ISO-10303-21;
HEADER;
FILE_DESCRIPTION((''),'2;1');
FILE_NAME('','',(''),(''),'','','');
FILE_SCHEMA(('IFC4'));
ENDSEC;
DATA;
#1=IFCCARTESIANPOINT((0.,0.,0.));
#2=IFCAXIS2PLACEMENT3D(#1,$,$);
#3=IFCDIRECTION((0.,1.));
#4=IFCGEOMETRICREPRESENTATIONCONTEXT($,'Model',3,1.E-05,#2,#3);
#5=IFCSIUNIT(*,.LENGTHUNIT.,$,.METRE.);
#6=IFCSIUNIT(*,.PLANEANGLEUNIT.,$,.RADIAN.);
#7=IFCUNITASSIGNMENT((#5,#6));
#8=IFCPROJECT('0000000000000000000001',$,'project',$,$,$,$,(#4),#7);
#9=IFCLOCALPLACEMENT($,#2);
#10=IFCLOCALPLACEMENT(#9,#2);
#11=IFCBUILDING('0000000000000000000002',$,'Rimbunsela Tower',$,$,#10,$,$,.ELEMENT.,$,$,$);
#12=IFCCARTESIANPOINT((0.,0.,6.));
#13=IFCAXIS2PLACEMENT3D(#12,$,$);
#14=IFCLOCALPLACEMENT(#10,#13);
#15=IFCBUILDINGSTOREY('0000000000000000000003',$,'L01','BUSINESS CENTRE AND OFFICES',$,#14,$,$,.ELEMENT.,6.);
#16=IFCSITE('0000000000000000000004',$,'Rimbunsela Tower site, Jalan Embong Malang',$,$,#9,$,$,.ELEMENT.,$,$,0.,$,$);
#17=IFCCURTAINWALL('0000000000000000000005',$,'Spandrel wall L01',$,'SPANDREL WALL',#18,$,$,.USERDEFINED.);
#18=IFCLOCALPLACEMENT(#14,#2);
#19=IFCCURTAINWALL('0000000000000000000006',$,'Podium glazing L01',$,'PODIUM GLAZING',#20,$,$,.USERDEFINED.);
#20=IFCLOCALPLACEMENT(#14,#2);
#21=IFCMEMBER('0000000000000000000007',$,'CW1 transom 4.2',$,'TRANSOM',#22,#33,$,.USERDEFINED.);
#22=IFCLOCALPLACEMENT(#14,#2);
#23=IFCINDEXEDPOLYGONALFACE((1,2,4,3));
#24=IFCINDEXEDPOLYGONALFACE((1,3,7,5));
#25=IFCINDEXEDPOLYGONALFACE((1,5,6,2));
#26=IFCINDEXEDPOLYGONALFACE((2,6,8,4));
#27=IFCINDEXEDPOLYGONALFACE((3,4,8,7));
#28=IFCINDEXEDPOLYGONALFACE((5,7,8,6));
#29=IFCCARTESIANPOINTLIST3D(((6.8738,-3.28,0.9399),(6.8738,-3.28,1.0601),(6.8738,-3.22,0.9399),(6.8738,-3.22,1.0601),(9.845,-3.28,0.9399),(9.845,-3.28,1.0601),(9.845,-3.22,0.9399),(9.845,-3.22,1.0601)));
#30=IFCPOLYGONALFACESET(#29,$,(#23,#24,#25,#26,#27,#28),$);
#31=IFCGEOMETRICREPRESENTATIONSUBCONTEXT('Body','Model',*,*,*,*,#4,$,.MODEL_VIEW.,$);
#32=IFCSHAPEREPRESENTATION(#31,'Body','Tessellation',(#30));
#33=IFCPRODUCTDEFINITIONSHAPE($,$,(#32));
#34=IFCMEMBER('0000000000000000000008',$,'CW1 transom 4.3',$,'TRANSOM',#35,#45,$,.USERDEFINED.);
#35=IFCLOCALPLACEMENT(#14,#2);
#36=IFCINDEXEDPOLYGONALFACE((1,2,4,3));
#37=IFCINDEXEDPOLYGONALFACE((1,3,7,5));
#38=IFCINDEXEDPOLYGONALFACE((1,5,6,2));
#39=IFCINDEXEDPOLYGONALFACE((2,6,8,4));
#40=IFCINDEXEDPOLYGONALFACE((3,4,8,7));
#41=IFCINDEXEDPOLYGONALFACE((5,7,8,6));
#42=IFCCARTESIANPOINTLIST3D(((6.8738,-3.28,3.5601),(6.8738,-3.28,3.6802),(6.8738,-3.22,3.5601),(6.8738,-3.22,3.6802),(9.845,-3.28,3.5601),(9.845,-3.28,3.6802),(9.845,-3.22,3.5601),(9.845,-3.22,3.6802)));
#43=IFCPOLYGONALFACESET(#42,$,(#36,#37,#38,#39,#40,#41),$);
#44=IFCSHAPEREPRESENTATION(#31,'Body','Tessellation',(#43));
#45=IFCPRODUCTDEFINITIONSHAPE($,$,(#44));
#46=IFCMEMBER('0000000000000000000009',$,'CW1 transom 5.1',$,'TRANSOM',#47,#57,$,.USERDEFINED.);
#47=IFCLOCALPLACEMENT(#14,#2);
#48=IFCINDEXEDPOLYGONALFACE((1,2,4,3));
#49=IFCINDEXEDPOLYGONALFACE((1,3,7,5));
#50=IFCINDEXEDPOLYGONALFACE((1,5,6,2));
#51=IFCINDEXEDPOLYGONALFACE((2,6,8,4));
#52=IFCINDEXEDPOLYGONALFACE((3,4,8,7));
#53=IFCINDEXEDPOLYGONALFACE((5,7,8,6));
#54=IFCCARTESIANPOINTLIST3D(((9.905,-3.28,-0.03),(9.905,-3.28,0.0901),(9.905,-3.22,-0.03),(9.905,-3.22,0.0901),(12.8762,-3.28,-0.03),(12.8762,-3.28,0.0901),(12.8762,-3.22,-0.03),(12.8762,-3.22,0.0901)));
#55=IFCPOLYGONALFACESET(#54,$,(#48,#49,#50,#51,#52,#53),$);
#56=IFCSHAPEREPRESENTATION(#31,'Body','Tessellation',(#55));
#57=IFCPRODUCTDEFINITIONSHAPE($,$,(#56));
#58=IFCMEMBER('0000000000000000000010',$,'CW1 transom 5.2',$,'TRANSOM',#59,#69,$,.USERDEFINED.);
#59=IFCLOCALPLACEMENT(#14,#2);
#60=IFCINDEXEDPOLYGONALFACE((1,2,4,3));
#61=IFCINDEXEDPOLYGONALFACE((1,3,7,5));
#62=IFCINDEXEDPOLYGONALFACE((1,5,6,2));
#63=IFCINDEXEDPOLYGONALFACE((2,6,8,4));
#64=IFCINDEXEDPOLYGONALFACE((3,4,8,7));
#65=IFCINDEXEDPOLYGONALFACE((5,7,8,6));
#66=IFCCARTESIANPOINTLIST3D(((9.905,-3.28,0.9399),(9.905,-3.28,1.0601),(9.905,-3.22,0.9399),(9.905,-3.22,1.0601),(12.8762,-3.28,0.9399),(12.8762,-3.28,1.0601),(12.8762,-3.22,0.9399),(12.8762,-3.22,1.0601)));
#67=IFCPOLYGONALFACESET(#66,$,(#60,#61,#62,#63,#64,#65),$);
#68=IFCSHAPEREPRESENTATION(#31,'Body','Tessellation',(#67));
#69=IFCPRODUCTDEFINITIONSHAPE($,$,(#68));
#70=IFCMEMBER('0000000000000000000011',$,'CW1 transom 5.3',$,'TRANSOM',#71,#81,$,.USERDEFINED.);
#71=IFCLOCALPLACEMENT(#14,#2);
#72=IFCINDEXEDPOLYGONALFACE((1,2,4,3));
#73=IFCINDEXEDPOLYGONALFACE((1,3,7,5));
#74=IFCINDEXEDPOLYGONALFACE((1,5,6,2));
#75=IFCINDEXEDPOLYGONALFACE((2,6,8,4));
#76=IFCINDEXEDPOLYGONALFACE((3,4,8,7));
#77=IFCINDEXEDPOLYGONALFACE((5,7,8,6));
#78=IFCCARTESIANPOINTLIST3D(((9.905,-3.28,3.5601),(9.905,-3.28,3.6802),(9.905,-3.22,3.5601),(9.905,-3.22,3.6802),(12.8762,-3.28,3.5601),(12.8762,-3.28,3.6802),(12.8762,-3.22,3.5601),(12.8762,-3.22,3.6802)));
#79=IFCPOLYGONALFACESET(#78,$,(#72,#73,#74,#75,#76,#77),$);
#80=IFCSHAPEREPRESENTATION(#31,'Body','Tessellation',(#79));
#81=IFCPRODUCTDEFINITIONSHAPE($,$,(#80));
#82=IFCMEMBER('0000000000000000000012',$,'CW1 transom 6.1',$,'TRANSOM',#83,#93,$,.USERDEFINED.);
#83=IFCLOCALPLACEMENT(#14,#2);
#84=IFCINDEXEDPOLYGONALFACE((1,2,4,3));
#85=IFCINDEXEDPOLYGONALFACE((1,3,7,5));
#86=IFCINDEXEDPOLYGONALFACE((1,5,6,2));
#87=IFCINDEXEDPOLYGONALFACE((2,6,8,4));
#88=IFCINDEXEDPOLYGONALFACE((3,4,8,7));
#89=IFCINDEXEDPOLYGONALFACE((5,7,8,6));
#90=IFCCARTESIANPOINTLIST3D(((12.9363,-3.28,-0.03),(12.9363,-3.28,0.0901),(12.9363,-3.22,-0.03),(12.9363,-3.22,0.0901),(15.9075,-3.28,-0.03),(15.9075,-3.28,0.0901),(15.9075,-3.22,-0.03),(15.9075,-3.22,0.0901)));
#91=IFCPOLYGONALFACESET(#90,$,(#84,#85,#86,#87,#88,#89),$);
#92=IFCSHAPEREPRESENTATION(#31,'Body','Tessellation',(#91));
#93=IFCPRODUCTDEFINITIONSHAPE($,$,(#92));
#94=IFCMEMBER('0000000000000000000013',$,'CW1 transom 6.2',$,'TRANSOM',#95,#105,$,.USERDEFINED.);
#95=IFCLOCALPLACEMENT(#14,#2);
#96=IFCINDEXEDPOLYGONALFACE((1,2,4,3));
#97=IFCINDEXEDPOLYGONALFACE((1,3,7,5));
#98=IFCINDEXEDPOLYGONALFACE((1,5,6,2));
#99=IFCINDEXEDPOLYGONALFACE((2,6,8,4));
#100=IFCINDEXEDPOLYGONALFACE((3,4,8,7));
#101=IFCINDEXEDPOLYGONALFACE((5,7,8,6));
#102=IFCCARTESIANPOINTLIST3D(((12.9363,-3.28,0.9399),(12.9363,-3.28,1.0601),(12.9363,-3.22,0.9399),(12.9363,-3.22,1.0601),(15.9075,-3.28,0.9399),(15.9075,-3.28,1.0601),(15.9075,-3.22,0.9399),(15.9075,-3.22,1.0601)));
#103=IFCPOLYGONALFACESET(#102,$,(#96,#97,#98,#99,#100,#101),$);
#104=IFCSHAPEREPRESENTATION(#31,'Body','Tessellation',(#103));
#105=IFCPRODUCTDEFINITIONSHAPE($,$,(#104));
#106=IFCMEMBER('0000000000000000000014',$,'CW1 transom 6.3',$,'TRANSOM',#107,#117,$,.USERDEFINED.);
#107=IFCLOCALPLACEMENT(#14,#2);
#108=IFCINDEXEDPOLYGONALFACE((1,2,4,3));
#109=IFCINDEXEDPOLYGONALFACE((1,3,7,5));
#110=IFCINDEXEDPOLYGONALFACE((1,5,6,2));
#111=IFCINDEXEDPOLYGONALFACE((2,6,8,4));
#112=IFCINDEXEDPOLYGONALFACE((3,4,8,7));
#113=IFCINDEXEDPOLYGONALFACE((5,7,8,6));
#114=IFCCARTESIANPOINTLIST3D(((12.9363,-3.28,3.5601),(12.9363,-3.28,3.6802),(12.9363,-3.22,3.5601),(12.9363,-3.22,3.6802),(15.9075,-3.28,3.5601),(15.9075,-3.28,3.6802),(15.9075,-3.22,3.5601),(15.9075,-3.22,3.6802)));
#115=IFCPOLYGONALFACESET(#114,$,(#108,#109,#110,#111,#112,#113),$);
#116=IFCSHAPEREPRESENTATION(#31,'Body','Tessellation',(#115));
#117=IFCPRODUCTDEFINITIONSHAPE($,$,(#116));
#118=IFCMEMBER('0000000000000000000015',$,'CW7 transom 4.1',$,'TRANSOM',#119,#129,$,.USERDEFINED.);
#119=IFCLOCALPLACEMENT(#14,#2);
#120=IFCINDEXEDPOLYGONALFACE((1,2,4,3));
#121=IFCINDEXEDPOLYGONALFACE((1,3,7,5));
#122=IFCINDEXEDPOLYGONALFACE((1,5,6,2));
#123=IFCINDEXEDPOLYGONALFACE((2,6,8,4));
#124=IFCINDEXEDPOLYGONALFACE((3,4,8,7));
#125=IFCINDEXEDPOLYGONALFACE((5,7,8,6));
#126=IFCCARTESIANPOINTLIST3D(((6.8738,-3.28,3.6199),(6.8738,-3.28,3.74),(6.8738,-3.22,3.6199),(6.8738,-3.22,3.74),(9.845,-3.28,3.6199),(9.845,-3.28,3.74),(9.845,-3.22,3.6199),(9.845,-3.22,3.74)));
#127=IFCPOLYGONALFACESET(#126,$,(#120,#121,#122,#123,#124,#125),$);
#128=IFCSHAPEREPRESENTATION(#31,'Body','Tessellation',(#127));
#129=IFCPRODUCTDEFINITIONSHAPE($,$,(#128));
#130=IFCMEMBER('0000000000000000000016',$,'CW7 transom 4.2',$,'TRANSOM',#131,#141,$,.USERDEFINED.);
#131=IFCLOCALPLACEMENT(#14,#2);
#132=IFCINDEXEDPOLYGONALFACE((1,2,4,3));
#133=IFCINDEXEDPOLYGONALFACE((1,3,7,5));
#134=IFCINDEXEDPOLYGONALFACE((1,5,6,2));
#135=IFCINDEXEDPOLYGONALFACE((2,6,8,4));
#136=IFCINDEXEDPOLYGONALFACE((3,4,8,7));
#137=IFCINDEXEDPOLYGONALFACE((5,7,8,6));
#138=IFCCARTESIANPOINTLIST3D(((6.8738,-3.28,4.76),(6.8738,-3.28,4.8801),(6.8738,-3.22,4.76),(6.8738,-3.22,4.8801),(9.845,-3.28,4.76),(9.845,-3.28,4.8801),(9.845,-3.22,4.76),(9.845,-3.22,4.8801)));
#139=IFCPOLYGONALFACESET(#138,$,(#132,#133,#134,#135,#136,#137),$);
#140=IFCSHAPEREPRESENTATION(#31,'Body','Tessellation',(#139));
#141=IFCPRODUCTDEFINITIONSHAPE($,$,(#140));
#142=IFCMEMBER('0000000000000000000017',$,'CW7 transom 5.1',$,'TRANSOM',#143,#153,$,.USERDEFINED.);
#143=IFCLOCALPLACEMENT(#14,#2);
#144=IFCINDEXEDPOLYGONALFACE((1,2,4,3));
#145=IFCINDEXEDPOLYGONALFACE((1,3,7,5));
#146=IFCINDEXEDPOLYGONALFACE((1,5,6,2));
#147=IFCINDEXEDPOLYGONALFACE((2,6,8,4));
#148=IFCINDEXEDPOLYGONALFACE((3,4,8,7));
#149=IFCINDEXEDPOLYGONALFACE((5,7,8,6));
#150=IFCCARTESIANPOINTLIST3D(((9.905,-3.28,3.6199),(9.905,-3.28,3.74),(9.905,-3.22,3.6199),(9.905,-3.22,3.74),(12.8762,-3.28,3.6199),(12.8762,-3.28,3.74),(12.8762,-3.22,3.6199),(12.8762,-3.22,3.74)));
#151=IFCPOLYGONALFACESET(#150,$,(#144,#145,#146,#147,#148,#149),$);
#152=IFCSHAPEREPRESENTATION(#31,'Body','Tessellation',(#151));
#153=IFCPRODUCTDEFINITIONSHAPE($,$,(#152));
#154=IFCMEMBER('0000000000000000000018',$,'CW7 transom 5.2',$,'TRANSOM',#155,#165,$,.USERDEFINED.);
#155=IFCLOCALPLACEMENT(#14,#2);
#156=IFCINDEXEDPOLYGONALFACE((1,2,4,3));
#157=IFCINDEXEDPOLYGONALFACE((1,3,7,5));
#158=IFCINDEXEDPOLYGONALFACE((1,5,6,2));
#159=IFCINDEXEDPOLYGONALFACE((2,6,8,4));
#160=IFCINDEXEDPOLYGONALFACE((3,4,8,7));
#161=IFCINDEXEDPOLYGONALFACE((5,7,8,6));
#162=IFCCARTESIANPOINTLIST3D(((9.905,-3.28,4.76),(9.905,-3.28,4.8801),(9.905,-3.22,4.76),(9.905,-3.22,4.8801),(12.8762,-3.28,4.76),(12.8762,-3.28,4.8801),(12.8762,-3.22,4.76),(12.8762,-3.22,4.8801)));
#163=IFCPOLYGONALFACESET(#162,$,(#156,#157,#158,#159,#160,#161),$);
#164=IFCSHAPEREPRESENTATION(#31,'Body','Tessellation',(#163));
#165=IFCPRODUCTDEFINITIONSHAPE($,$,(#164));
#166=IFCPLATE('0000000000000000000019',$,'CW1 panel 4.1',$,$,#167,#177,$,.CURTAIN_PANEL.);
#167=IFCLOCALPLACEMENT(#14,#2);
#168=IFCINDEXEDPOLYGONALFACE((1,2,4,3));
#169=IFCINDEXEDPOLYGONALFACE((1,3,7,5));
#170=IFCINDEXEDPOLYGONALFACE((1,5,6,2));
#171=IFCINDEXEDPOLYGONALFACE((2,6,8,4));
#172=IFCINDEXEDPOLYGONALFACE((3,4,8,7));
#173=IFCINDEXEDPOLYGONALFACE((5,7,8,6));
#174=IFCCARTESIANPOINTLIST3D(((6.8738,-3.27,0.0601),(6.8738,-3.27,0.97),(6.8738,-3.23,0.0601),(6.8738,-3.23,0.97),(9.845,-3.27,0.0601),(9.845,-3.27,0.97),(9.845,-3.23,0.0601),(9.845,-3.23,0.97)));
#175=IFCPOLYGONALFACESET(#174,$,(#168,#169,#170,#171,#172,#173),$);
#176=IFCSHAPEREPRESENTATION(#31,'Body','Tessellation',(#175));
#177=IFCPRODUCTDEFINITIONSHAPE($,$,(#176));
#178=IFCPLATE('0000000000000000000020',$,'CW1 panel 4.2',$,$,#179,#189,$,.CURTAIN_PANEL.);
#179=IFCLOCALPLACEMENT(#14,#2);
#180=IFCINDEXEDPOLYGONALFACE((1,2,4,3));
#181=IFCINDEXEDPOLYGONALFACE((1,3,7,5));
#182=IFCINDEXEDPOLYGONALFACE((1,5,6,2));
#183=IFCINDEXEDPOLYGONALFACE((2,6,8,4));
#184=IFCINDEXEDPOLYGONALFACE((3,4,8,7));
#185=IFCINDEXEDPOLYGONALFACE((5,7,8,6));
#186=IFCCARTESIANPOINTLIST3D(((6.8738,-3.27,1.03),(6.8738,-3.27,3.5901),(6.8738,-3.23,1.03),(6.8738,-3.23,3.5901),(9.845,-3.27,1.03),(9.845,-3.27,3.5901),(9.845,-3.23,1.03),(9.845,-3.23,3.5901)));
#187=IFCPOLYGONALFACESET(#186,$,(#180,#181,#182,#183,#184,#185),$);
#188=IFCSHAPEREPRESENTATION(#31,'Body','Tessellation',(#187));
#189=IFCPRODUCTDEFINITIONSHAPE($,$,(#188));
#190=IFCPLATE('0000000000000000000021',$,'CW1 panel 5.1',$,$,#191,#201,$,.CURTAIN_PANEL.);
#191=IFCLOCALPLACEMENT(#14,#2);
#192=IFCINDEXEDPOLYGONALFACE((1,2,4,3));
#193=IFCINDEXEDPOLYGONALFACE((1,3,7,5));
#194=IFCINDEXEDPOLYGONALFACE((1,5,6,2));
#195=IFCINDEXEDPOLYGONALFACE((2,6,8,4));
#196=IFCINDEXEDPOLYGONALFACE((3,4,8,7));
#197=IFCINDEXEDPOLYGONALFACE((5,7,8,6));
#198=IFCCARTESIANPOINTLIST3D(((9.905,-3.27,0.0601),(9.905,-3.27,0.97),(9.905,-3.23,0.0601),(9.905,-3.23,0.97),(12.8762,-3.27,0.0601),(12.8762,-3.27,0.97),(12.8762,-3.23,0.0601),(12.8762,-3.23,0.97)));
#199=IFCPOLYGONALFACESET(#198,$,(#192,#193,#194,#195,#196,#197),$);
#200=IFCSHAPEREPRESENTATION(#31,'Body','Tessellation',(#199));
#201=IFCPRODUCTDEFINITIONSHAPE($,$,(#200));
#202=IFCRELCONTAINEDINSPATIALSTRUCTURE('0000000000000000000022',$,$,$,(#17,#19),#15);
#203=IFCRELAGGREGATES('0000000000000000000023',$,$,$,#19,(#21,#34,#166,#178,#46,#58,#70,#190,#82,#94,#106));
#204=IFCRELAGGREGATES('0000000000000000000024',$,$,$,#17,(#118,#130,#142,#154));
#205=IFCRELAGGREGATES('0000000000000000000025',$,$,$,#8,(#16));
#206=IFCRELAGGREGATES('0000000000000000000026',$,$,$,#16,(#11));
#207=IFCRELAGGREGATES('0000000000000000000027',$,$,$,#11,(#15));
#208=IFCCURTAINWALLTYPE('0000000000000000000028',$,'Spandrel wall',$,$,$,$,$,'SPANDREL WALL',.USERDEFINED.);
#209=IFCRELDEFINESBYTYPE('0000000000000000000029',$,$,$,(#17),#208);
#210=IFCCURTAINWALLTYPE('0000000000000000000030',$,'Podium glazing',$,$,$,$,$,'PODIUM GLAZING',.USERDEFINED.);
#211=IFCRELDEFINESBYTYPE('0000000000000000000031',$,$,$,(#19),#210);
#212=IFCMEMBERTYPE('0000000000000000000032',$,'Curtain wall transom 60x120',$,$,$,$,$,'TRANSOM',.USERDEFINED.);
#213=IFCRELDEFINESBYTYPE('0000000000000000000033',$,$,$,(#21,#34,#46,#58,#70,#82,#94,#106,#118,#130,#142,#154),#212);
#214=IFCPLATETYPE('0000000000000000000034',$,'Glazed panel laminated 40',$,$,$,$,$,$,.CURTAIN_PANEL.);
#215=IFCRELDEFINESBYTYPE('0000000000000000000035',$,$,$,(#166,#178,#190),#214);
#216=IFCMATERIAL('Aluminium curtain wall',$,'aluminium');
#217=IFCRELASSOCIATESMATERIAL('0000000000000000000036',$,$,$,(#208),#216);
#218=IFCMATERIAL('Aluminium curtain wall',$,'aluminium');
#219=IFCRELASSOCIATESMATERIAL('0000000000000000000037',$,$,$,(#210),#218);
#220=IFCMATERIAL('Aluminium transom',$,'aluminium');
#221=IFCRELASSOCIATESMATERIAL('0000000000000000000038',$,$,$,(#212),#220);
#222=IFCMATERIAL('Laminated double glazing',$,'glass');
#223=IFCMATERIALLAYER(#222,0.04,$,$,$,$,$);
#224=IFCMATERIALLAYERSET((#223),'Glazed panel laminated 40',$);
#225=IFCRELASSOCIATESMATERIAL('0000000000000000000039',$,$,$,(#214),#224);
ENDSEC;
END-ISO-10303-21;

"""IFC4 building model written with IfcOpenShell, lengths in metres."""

from ifc_helpers import new_model, si_unit, direction, frame, origin, origin_2d, place, context, subcontext, project, spatial, rectangle, extrude, material, layer, layer_set, material_profile, profile_set, type_object, element, aggregate, save


model = new_model("IFC4")

# Units and contexts
model_context = context("Model", 3, precision=1e-05, world=origin(), true_north=direction((0.0, 1.0)))
body_context = subcontext(model_context, "Body", "Model", "MODEL_VIEW")
ifc_project = project(units=[si_unit("LENGTHUNIT", "METRE"), si_unit("PLANEANGLEUNIT", "RADIAN")], contexts=[model_context])

# Site, building, storey
site_placement = place(None, origin())
site = spatial("IfcSite", under=ifc_project, at=site_placement, Name="Rimbunsela Tower site, Jalan Embong Malang", CompositionType="ELEMENT", RefElevation=0.0)
building_placement = place(site_placement, origin())
building = spatial("IfcBuilding", under=site, at=building_placement, Name="Rimbunsela Tower", CompositionType="ELEMENT")
storey_placement = place(building_placement, frame((0.0, 0.0, 6.0)))
storey = spatial("IfcBuildingStorey", under=building, at=storey_placement, Name="L01", Description="BUSINESS CENTRE AND OFFICES", CompositionType="ELEMENT", Elevation=6.0)

# Curtain walls, members
ifc_material_1 = material(Name="Aluminium curtain wall", Category="aluminium")
curtain_wall_type_1 = type_object("IfcCurtainWallType", Name="Spandrel wall", ElementType="SPANDREL WALL", PredefinedType="USERDEFINED", material=ifc_material_1)
curtain_wall_1_placement = place(storey_placement, origin())
curtain_wall_1 = element("IfcCurtainWall", 1, at=curtain_wall_1_placement, inside=storey, type_object=curtain_wall_type_1, Name="Spandrel wall L01", ObjectType="SPANDREL WALL", PredefinedType="USERDEFINED")
ifc_material_2 = material(Name="Aluminium curtain wall", Category="aluminium")
curtain_wall_type_2 = type_object("IfcCurtainWallType", Name="Podium glazing", ElementType="PODIUM GLAZING", PredefinedType="USERDEFINED", material=ifc_material_2)
curtain_wall_2_placement = place(storey_placement, origin())
curtain_wall_2 = element("IfcCurtainWall", 2, at=curtain_wall_2_placement, inside=storey, type_object=curtain_wall_type_2, Name="Podium glazing L01", ObjectType="PODIUM GLAZING", PredefinedType="USERDEFINED")
ifc_material_3 = material(Name="Aluminium transom", Category="aluminium")
ifc_material_profile_1 = material_profile(ifc_material_3, rectangle(XDim=0.0601, YDim=0.1201, at=origin_2d()), Name="Transom 60x120")
ifc_profile_set_1 = profile_set([ifc_material_profile_1], Name="Aluminium transom")
member_type_1 = type_object("IfcMemberType", Name="Curtain wall transom 60x120", ElementType="TRANSOM", PredefinedType="USERDEFINED", material=ifc_profile_set_1)
member_1_placement = place(storey_placement, frame((6.8738, -3.25, 1.0), z_axis=(1.0, 0.0, 0.0), x_axis=(0.0, 1.0, 0.0)))
member_1 = element("IfcMember", 3, at=member_1_placement, type_object=member_type_1, Name="CW1 transom 4.2", ObjectType="TRANSOM", PredefinedType="USERDEFINED", context=body_context, shape_type="SweptSolid", body=[
    extrude(rectangle(XDim=0.0601, YDim=0.1201, at=origin_2d()), origin(), (0.0, 0.0, 1.0), 2.9712),
])
member_2_placement = place(storey_placement, frame((6.8738, -3.25, 3.6201), z_axis=(1.0, 0.0, 0.0), x_axis=(0.0, 1.0, 0.0)))
member_2 = element("IfcMember", 4, at=member_2_placement, type_object=member_type_1, Name="CW1 transom 4.3", ObjectType="TRANSOM", PredefinedType="USERDEFINED", context=body_context, shape_type="SweptSolid", body=[
    extrude(rectangle(XDim=0.0601, YDim=0.1201, at=origin_2d()), origin(), (0.0, 0.0, 1.0), 2.9712),
])
member_3_placement = place(storey_placement, frame((9.905, -3.25, 0.03), z_axis=(1.0, 0.0, 0.0), x_axis=(0.0, 1.0, 0.0)))
member_3 = element("IfcMember", 5, at=member_3_placement, type_object=member_type_1, Name="CW1 transom 5.1", ObjectType="TRANSOM", PredefinedType="USERDEFINED", context=body_context, shape_type="SweptSolid", body=[
    extrude(rectangle(XDim=0.0601, YDim=0.1201, at=origin_2d()), origin(), (0.0, 0.0, 1.0), 2.9712),
])
member_4_placement = place(storey_placement, frame((9.905, -3.25, 1.0), z_axis=(1.0, 0.0, 0.0), x_axis=(0.0, 1.0, 0.0)))
member_4 = element("IfcMember", 6, at=member_4_placement, type_object=member_type_1, Name="CW1 transom 5.2", ObjectType="TRANSOM", PredefinedType="USERDEFINED", context=body_context, shape_type="SweptSolid", body=[
    extrude(rectangle(XDim=0.0601, YDim=0.1201, at=origin_2d()), origin(), (0.0, 0.0, 1.0), 2.9712),
])
member_5_placement = place(storey_placement, frame((9.905, -3.25, 3.6201), z_axis=(1.0, 0.0, 0.0), x_axis=(0.0, 1.0, 0.0)))
member_5 = element("IfcMember", 7, at=member_5_placement, type_object=member_type_1, Name="CW1 transom 5.3", ObjectType="TRANSOM", PredefinedType="USERDEFINED", context=body_context, shape_type="SweptSolid", body=[
    extrude(rectangle(XDim=0.0601, YDim=0.1201, at=origin_2d()), origin(), (0.0, 0.0, 1.0), 2.9712),
])
member_6_placement = place(storey_placement, frame((12.9363, -3.25, 0.03), z_axis=(1.0, 0.0, 0.0), x_axis=(0.0, 1.0, 0.0)))
member_6 = element("IfcMember", 8, at=member_6_placement, type_object=member_type_1, Name="CW1 transom 6.1", ObjectType="TRANSOM", PredefinedType="USERDEFINED", context=body_context, shape_type="SweptSolid", body=[
    extrude(rectangle(XDim=0.0601, YDim=0.1201, at=origin_2d()), origin(), (0.0, 0.0, 1.0), 2.9712),
])
member_7_placement = place(storey_placement, frame((12.9363, -3.25, 1.0), z_axis=(1.0, 0.0, 0.0), x_axis=(0.0, 1.0, 0.0)))
member_7 = element("IfcMember", 9, at=member_7_placement, type_object=member_type_1, Name="CW1 transom 6.2", ObjectType="TRANSOM", PredefinedType="USERDEFINED", context=body_context, shape_type="SweptSolid", body=[
    extrude(rectangle(XDim=0.0601, YDim=0.1201, at=origin_2d()), origin(), (0.0, 0.0, 1.0), 2.9712),
])
member_8_placement = place(storey_placement, frame((12.9363, -3.25, 3.6201), z_axis=(1.0, 0.0, 0.0), x_axis=(0.0, 1.0, 0.0)))
member_8 = element("IfcMember", 10, at=member_8_placement, type_object=member_type_1, Name="CW1 transom 6.3", ObjectType="TRANSOM", PredefinedType="USERDEFINED", context=body_context, shape_type="SweptSolid", body=[
    extrude(rectangle(XDim=0.0601, YDim=0.1201, at=origin_2d()), origin(), (0.0, 0.0, 1.0), 2.9712),
])

# Members
member_9_placement = place(storey_placement, frame((6.8738, -3.25, 3.6799), z_axis=(1.0, 0.0, 0.0), x_axis=(0.0, 1.0, 0.0)))
member_9 = element("IfcMember", 11, at=member_9_placement, type_object=member_type_1, Name="CW7 transom 4.1", ObjectType="TRANSOM", PredefinedType="USERDEFINED", context=body_context, shape_type="SweptSolid", body=[
    extrude(rectangle(XDim=0.0601, YDim=0.1201, at=origin_2d()), origin(), (0.0, 0.0, 1.0), 2.9712),
])
member_10_placement = place(storey_placement, frame((6.8738, -3.25, 4.8201), z_axis=(1.0, 0.0, 0.0), x_axis=(0.0, 1.0, 0.0)))
member_10 = element("IfcMember", 12, at=member_10_placement, type_object=member_type_1, Name="CW7 transom 4.2", ObjectType="TRANSOM", PredefinedType="USERDEFINED", context=body_context, shape_type="SweptSolid", body=[
    extrude(rectangle(XDim=0.0601, YDim=0.1201, at=origin_2d()), origin(), (0.0, 0.0, 1.0), 2.9712),
])
member_11_placement = place(storey_placement, frame((9.905, -3.25, 3.6799), z_axis=(1.0, 0.0, 0.0), x_axis=(0.0, 1.0, 0.0)))
member_11 = element("IfcMember", 13, at=member_11_placement, type_object=member_type_1, Name="CW7 transom 5.1", ObjectType="TRANSOM", PredefinedType="USERDEFINED", context=body_context, shape_type="SweptSolid", body=[
    extrude(rectangle(XDim=0.0601, YDim=0.1201, at=origin_2d()), origin(), (0.0, 0.0, 1.0), 2.9712),
])
member_12_placement = place(storey_placement, frame((9.905, -3.25, 4.8201), z_axis=(1.0, 0.0, 0.0), x_axis=(0.0, 1.0, 0.0)))
member_12 = element("IfcMember", 14, at=member_12_placement, type_object=member_type_1, Name="CW7 transom 5.2", ObjectType="TRANSOM", PredefinedType="USERDEFINED", context=body_context, shape_type="SweptSolid", body=[
    extrude(rectangle(XDim=0.0601, YDim=0.1201, at=origin_2d()), origin(), (0.0, 0.0, 1.0), 2.9712),
])

# Plates
ifc_material_4 = material(Name="Laminated double glazing", Category="glass")
ifc_layer_1 = layer(ifc_material_4, 0.04)
ifc_layer_set_1 = layer_set([ifc_layer_1], Name="Glazed panel laminated 40")
plate_type_1 = type_object("IfcPlateType", Name="Glazed panel laminated 40", PredefinedType="CURTAIN_PANEL", material=ifc_layer_set_1)
plate_1_placement = place(storey_placement, frame((8.3594, -3.25, 0.0601), z_axis=(0.0, 0.0, 1.0), x_axis=(1.0, 0.0, 0.0)))
plate_1 = element("IfcPlate", 15, at=plate_1_placement, type_object=plate_type_1, Name="CW1 panel 4.1", PredefinedType="CURTAIN_PANEL", context=body_context, shape_type="SweptSolid", body=[
    extrude(rectangle(XDim=2.9712, YDim=0.04, at=origin_2d()), origin(), (0.0, 0.0, 1.0), 0.9099),
])
plate_2_placement = place(storey_placement, frame((8.3594, -3.25, 1.03), z_axis=(0.0, 0.0, 1.0), x_axis=(1.0, 0.0, 0.0)))
plate_2 = element("IfcPlate", 16, at=plate_2_placement, type_object=plate_type_1, Name="CW1 panel 4.2", PredefinedType="CURTAIN_PANEL", context=body_context, shape_type="SweptSolid", body=[
    extrude(rectangle(XDim=2.9712, YDim=0.04, at=origin_2d()), origin(), (0.0, 0.0, 1.0), 2.5601),
])
plate_3_placement = place(storey_placement, frame((11.3906, -3.25, 0.0601), z_axis=(0.0, 0.0, 1.0), x_axis=(1.0, 0.0, 0.0)))
plate_3 = element("IfcPlate", 17, at=plate_3_placement, type_object=plate_type_1, Name="CW1 panel 5.1", PredefinedType="CURTAIN_PANEL", context=body_context, shape_type="SweptSolid", body=[
    extrude(rectangle(XDim=2.9712, YDim=0.04, at=origin_2d()), origin(), (0.0, 0.0, 1.0), 0.9099),
])
aggregate(curtain_wall_2, [member_1, member_2, plate_1, plate_2, member_3, member_4, member_5, plate_3, member_6, member_7, member_8])
aggregate(curtain_wall_1, [member_9, member_10, member_11, member_12])

save(model, "model.ifc")
